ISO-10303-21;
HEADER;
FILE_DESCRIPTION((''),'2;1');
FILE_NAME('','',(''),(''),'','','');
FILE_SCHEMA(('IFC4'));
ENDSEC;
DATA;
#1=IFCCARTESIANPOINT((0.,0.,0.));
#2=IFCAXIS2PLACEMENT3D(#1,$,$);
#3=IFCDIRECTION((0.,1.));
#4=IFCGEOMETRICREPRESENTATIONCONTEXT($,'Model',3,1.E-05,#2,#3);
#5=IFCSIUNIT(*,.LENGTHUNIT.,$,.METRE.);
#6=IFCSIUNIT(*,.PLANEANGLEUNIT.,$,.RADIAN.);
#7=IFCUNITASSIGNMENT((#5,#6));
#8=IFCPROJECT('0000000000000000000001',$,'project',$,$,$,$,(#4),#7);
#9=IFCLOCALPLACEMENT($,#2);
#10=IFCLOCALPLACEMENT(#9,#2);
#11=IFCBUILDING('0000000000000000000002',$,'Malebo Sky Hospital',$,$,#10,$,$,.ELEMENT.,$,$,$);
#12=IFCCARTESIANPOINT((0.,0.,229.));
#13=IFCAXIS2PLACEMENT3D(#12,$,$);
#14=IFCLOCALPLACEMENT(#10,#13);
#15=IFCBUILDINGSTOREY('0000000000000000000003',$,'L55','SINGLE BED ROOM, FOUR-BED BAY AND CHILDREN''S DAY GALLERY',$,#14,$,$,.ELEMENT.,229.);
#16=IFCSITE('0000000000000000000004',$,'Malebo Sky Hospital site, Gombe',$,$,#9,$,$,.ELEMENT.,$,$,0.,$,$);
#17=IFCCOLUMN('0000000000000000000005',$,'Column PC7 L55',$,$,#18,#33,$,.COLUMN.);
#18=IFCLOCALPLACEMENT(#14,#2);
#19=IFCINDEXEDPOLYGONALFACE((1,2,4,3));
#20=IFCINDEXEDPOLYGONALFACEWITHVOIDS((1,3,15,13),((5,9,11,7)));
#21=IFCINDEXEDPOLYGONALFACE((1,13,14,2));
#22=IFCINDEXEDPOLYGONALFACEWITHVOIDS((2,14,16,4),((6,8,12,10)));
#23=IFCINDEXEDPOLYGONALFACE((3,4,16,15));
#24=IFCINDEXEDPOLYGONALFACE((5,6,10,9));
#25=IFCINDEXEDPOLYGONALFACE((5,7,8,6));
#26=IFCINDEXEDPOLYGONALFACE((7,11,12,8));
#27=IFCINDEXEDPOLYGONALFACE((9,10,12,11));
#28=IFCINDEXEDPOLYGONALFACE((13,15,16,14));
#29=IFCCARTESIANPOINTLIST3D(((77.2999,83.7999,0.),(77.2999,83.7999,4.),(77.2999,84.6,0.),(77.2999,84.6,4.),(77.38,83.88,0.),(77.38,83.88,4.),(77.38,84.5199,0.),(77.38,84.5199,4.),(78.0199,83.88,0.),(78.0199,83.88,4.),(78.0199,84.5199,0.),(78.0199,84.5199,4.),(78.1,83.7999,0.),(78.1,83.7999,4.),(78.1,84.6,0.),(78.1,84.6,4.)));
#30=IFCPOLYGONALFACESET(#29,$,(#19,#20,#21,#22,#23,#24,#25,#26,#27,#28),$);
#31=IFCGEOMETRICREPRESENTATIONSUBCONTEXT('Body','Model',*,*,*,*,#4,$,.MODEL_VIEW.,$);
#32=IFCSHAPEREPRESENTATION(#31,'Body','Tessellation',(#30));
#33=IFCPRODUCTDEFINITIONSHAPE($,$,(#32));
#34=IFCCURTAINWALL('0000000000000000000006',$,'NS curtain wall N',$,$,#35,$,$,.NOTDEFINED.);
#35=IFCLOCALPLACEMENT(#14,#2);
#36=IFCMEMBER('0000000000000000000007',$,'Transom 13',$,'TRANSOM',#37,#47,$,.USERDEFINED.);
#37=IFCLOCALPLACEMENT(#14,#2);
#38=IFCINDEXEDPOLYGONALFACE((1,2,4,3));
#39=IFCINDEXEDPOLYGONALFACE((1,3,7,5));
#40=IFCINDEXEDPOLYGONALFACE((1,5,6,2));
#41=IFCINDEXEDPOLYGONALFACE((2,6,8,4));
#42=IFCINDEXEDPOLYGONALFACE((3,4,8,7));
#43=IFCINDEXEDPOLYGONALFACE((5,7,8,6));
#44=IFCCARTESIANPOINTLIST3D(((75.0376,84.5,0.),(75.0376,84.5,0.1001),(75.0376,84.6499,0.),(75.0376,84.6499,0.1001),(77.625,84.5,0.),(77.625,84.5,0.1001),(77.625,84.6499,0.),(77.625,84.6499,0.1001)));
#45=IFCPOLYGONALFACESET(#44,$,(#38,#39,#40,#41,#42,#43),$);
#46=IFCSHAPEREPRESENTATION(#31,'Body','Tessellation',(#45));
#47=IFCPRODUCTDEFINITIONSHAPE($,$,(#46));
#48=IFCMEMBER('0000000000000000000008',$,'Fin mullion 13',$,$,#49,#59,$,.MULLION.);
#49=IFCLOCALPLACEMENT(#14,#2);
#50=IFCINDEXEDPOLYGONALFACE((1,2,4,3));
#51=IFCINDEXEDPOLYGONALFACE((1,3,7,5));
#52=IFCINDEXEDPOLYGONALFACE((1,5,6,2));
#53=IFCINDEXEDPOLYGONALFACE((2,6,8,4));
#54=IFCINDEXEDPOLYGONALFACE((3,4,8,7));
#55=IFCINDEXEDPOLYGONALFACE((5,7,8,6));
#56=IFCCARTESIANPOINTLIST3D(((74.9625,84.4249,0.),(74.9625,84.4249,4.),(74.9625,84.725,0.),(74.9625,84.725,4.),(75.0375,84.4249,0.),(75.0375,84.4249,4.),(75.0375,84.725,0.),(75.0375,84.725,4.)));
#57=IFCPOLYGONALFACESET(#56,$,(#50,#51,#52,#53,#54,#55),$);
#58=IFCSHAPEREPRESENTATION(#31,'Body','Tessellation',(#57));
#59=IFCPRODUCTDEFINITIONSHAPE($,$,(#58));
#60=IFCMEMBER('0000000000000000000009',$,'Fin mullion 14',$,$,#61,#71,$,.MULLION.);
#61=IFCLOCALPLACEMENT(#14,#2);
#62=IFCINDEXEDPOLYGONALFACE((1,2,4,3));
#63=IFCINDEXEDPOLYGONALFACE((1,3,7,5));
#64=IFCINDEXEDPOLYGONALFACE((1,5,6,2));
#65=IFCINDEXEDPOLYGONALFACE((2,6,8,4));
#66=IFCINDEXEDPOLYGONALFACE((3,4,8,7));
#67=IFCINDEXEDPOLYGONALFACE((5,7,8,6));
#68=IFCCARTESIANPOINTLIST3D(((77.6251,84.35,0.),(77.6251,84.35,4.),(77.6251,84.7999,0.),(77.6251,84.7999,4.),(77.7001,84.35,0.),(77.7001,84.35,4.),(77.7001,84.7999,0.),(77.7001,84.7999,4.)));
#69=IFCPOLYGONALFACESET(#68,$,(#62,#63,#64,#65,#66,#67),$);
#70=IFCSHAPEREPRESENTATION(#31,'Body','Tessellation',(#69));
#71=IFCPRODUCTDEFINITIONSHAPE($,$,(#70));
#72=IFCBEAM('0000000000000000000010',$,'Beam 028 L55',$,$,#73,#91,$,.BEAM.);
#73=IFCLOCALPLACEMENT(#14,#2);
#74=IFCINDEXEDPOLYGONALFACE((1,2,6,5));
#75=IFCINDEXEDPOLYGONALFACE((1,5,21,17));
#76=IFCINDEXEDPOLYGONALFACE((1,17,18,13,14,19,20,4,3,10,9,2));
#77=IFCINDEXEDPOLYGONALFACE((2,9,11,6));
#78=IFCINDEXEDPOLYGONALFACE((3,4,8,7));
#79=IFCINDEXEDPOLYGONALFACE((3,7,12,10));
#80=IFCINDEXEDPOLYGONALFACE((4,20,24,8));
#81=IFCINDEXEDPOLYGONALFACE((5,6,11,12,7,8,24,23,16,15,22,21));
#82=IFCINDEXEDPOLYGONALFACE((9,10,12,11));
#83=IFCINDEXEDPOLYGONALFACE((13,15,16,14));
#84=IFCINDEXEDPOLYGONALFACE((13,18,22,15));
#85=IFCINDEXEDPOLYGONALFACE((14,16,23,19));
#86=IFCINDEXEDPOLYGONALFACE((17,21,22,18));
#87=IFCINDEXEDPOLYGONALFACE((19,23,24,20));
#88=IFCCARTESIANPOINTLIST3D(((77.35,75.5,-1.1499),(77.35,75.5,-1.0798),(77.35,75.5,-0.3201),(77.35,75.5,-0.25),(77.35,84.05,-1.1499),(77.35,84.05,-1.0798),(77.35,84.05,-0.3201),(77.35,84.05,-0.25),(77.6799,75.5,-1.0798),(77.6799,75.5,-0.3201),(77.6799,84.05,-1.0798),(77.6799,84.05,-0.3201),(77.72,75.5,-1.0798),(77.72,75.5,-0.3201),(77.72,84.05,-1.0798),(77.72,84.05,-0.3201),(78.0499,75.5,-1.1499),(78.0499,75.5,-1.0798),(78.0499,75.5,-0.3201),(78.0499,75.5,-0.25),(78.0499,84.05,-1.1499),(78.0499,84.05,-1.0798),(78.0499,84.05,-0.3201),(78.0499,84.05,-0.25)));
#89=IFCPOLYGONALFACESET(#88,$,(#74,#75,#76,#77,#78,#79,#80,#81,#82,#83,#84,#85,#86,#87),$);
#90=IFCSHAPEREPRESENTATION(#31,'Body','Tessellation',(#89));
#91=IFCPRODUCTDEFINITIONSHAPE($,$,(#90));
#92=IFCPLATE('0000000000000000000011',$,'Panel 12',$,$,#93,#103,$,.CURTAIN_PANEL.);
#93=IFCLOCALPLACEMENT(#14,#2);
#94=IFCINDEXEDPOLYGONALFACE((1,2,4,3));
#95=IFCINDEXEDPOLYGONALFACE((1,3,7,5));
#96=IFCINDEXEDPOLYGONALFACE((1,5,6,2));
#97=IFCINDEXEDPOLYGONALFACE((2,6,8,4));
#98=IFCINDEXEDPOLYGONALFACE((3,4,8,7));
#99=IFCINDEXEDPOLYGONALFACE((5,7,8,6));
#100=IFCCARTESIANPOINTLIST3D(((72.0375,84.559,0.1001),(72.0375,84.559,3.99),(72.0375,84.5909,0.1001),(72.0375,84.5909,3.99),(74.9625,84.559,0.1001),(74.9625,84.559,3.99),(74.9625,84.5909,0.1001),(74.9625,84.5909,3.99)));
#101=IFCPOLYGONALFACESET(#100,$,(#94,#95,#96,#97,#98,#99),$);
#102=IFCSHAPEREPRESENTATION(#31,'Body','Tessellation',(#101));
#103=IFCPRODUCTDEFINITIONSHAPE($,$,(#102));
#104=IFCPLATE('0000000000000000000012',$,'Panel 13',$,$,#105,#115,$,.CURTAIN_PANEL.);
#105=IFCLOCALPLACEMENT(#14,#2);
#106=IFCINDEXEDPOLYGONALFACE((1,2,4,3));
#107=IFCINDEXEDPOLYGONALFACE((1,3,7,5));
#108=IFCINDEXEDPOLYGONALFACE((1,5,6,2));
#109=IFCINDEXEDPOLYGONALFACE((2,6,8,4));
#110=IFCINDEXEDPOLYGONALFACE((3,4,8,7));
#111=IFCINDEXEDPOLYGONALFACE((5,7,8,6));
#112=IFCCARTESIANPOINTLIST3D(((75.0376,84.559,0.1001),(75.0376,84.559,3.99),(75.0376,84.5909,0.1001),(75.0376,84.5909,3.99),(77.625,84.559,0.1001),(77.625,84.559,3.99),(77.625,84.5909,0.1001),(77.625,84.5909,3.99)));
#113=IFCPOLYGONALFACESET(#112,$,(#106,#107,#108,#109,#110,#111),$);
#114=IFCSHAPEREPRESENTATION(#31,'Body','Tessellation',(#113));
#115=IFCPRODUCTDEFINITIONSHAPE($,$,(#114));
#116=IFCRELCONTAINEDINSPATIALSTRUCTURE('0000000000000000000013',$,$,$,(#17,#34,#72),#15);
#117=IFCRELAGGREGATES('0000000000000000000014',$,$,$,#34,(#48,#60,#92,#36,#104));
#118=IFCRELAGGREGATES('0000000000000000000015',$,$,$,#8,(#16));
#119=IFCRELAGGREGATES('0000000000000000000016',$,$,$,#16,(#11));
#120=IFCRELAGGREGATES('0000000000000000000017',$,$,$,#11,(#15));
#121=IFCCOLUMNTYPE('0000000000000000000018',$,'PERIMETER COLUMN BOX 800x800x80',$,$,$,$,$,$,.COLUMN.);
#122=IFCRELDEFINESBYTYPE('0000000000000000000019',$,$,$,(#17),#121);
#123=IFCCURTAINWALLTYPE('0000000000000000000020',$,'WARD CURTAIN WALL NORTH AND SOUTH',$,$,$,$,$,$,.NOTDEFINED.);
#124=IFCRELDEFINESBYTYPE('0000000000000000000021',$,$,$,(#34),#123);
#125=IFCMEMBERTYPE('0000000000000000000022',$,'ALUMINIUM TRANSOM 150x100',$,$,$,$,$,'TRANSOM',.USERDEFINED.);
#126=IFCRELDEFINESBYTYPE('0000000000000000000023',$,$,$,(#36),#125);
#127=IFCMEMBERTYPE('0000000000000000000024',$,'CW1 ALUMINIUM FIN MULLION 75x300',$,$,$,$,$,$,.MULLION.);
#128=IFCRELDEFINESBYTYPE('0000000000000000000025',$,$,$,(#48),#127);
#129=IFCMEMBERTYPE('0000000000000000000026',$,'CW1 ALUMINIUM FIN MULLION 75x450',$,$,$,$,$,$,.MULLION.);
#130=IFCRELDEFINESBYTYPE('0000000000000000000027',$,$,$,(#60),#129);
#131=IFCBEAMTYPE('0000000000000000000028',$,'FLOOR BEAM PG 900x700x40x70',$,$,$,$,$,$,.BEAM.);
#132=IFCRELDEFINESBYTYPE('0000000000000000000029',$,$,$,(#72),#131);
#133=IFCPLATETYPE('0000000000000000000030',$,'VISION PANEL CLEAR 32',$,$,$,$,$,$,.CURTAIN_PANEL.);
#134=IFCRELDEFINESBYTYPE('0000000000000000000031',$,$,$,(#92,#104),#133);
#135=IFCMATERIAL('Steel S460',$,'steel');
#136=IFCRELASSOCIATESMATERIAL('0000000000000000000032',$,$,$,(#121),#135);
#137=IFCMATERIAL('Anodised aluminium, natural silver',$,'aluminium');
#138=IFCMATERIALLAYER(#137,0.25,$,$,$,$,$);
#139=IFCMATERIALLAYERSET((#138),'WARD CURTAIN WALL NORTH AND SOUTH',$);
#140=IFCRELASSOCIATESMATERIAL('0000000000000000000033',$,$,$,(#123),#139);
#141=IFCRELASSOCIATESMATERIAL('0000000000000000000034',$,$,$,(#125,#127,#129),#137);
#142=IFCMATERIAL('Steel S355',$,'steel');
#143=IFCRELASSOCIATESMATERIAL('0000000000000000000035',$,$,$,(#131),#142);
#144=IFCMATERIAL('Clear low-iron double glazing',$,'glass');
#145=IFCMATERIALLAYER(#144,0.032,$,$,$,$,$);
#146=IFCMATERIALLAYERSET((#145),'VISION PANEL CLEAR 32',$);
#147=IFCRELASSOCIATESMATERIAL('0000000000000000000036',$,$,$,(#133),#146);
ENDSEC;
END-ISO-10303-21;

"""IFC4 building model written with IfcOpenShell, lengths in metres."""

from ifc_helpers import new_model, si_unit, direction, frame, origin, origin_2d, place, context, subcontext, project, spatial, rectangle, hollow_rectangle, i_section, extrude, material, layer, layer_set, material_profile, profile_set, type_object, element, aggregate, save


model = new_model("IFC4")

# Units and contexts
model_context = context("Model", 3, precision=1e-05, world=origin(), true_north=direction((0.0, 1.0)))
body_context = subcontext(model_context, "Body", "Model", "MODEL_VIEW")
ifc_project = project(units=[si_unit("LENGTHUNIT", "METRE"), si_unit("PLANEANGLEUNIT", "RADIAN")], contexts=[model_context])

# Site, building, storey
site_placement = place(None, origin())
site = spatial("IfcSite", under=ifc_project, at=site_placement, Name="Malebo Sky Hospital site, Gombe", CompositionType="ELEMENT", RefElevation=0.0)
building_placement = place(site_placement, origin())
building = spatial("IfcBuilding", under=site, at=building_placement, Name="Malebo Sky Hospital", CompositionType="ELEMENT")
storey_placement = place(building_placement, frame((0.0, 0.0, 229.0)))
storey = spatial("IfcBuildingStorey", under=building, at=storey_placement, Name="L55", Description="SINGLE BED ROOM, FOUR-BED BAY AND CHILDREN'S DAY GALLERY", CompositionType="ELEMENT", Elevation=229.0)

# Column
ifc_material_1 = material(Name="Steel S460", Category="steel")
ifc_material_profile_1 = material_profile(ifc_material_1, hollow_rectangle(XDim=0.8, YDim=0.8, WallThickness=0.0801, at=origin_2d()), Name="BOX 800x800x80")
ifc_profile_set_1 = profile_set([ifc_material_profile_1], Name="Steel S460")
column_type = type_object("IfcColumnType", Name="PERIMETER COLUMN BOX 800x800x80", PredefinedType="COLUMN", material=ifc_profile_set_1)
column_placement = place(storey_placement, frame((77.7, 84.2, 0.0), z_axis=(0.0, 0.0, 1.0), x_axis=(1.0, 0.0, 0.0)))
element("IfcColumn", 1, at=column_placement, inside=storey, type_object=column_type, Name="Column PC7 L55", PredefinedType="COLUMN", context=body_context, shape_type="SweptSolid", body=[
    extrude(hollow_rectangle(XDim=0.8, YDim=0.8, WallThickness=0.0801, at=origin_2d()), origin(), (0.0, 0.0, 1.0), 4.0),
])

# Curtain wall, members
ifc_material_2 = material(Name="Anodised aluminium, natural silver", Category="aluminium")
ifc_layer_1 = layer(ifc_material_2, 0.25)
ifc_layer_set_1 = layer_set([ifc_layer_1], Name="WARD CURTAIN WALL NORTH AND SOUTH")
curtain_wall_type = type_object("IfcCurtainWallType", Name="WARD CURTAIN WALL NORTH AND SOUTH", PredefinedType="NOTDEFINED", material=ifc_layer_set_1)
curtain_wall_placement = place(storey_placement, origin())
curtain_wall = element("IfcCurtainWall", 2, at=curtain_wall_placement, inside=storey, type_object=curtain_wall_type, Name="NS curtain wall N", PredefinedType="NOTDEFINED")
ifc_material_profile_2 = material_profile(ifc_material_2, rectangle(XDim=0.1499, YDim=0.1001, at=origin_2d()), Name="ALUMINIUM TRANSOM 150x100")
ifc_profile_set_2 = profile_set([ifc_material_profile_2], Name="Anodised aluminium, natural silver")
member_type_1 = type_object("IfcMemberType", Name="ALUMINIUM TRANSOM 150x100", ElementType="TRANSOM", PredefinedType="USERDEFINED", material=ifc_profile_set_2)
member_1_placement = place(storey_placement, frame((75.0376, 84.575, 0.05), z_axis=(1.0, 0.0, 0.0), x_axis=(0.0, 1.0, 0.0)))
member_1 = element("IfcMember", 3, at=member_1_placement, type_object=member_type_1, Name="Transom 13", ObjectType="TRANSOM", PredefinedType="USERDEFINED", context=body_context, shape_type="SweptSolid", body=[
    extrude(rectangle(XDim=0.1499, YDim=0.1001, at=origin_2d()), origin(), (0.0, 0.0, 1.0), 2.5874),
])
ifc_material_profile_3 = material_profile(ifc_material_2, rectangle(XDim=0.075, YDim=0.3, at=origin_2d()), Name="CW1 ALUMINIUM FIN MULLION 75x300")
ifc_profile_set_3 = profile_set([ifc_material_profile_3], Name="Anodised aluminium, natural silver")
member_type_2 = type_object("IfcMemberType", Name="CW1 ALUMINIUM FIN MULLION 75x300", PredefinedType="MULLION", material=ifc_profile_set_3)
member_2_placement = place(storey_placement, frame((75.0, 84.575, 0.0), z_axis=(0.0, 0.0, 1.0), x_axis=(1.0, 0.0, 0.0)))
member_2 = element("IfcMember", 4, at=member_2_placement, type_object=member_type_2, Name="Fin mullion 13", PredefinedType="MULLION", context=body_context, shape_type="SweptSolid", body=[
    extrude(rectangle(XDim=0.075, YDim=0.3, at=origin_2d()), origin(), (0.0, 0.0, 1.0), 4.0),
])
ifc_material_profile_4 = material_profile(ifc_material_2, rectangle(XDim=0.075, YDim=0.45, at=origin_2d()), Name="CW1 ALUMINIUM FIN MULLION 75x450")
ifc_profile_set_4 = profile_set([ifc_material_profile_4], Name="Anodised aluminium, natural silver")
member_type_3 = type_object("IfcMemberType", Name="CW1 ALUMINIUM FIN MULLION 75x450", PredefinedType="MULLION", material=ifc_profile_set_4)
member_3_placement = place(storey_placement, frame((77.6626, 84.575, 0.0), z_axis=(0.0, 0.0, 1.0), x_axis=(1.0, 0.0, 0.0)))
member_3 = element("IfcMember", 5, at=member_3_placement, type_object=member_type_3, Name="Fin mullion 14", PredefinedType="MULLION", context=body_context, shape_type="SweptSolid", body=[
    extrude(rectangle(XDim=0.075, YDim=0.45, at=origin_2d()), origin(), (0.0, 0.0, 1.0), 4.0),
])

# Beam
ifc_material_3 = material(Name="Steel S355", Category="steel")
ifc_material_profile_5 = material_profile(ifc_material_3, i_section(OverallWidth=0.7, OverallDepth=0.8999, WebThickness=0.04, FlangeThickness=0.0701, at=origin_2d()), Name="PG 900x700x40x70")
ifc_profile_set_5 = profile_set([ifc_material_profile_5], Name="Steel S355")
beam_type = type_object("IfcBeamType", Name="FLOOR BEAM PG 900x700x40x70", PredefinedType="BEAM", material=ifc_profile_set_5)
beam_placement = place(storey_placement, frame((77.7, 75.5, -0.7), z_axis=(0.0, 1.0, 0.0), x_axis=(-1.0, 0.0, 0.0)))
element("IfcBeam", 6, at=beam_placement, inside=storey, type_object=beam_type, Name="Beam 028 L55", PredefinedType="BEAM", context=body_context, shape_type="SweptSolid", body=[
    extrude(i_section(OverallWidth=0.7, OverallDepth=0.8999, WebThickness=0.04, FlangeThickness=0.0701, at=origin_2d()), origin(), (0.0, 0.0, 1.0), 8.55),
])

# Plates
ifc_material_4 = material(Name="Clear low-iron double glazing", Category="glass")
ifc_layer_2 = layer(ifc_material_4, 0.032)
ifc_layer_set_2 = layer_set([ifc_layer_2], Name="VISION PANEL CLEAR 32")
plate_type = type_object("IfcPlateType", Name="VISION PANEL CLEAR 32", PredefinedType="CURTAIN_PANEL", material=ifc_layer_set_2)
plate_1_placement = place(storey_placement, frame((73.5, 84.575, 0.1001), z_axis=(0.0, 0.0, 1.0), x_axis=(1.0, 0.0, 0.0)))
plate_1 = element("IfcPlate", 7, at=plate_1_placement, type_object=plate_type, Name="Panel 12", PredefinedType="CURTAIN_PANEL", context=body_context, shape_type="SweptSolid", body=[
    extrude(rectangle(XDim=2.925, YDim=0.032, at=origin_2d()), origin(), (0.0, 0.0, 1.0), 3.8899),
])
plate_2_placement = place(storey_placement, frame((76.3313, 84.575, 0.1001), z_axis=(0.0, 0.0, 1.0), x_axis=(1.0, 0.0, 0.0)))
plate_2 = element("IfcPlate", 8, at=plate_2_placement, type_object=plate_type, Name="Panel 13", PredefinedType="CURTAIN_PANEL", context=body_context, shape_type="SweptSolid", body=[
    extrude(rectangle(XDim=2.5874, YDim=0.032, at=origin_2d()), origin(), (0.0, 0.0, 1.0), 3.8899),
])
aggregate(curtain_wall, [member_2, member_3, plate_1, member_1, plate_2])

save(model, "model.ifc")
